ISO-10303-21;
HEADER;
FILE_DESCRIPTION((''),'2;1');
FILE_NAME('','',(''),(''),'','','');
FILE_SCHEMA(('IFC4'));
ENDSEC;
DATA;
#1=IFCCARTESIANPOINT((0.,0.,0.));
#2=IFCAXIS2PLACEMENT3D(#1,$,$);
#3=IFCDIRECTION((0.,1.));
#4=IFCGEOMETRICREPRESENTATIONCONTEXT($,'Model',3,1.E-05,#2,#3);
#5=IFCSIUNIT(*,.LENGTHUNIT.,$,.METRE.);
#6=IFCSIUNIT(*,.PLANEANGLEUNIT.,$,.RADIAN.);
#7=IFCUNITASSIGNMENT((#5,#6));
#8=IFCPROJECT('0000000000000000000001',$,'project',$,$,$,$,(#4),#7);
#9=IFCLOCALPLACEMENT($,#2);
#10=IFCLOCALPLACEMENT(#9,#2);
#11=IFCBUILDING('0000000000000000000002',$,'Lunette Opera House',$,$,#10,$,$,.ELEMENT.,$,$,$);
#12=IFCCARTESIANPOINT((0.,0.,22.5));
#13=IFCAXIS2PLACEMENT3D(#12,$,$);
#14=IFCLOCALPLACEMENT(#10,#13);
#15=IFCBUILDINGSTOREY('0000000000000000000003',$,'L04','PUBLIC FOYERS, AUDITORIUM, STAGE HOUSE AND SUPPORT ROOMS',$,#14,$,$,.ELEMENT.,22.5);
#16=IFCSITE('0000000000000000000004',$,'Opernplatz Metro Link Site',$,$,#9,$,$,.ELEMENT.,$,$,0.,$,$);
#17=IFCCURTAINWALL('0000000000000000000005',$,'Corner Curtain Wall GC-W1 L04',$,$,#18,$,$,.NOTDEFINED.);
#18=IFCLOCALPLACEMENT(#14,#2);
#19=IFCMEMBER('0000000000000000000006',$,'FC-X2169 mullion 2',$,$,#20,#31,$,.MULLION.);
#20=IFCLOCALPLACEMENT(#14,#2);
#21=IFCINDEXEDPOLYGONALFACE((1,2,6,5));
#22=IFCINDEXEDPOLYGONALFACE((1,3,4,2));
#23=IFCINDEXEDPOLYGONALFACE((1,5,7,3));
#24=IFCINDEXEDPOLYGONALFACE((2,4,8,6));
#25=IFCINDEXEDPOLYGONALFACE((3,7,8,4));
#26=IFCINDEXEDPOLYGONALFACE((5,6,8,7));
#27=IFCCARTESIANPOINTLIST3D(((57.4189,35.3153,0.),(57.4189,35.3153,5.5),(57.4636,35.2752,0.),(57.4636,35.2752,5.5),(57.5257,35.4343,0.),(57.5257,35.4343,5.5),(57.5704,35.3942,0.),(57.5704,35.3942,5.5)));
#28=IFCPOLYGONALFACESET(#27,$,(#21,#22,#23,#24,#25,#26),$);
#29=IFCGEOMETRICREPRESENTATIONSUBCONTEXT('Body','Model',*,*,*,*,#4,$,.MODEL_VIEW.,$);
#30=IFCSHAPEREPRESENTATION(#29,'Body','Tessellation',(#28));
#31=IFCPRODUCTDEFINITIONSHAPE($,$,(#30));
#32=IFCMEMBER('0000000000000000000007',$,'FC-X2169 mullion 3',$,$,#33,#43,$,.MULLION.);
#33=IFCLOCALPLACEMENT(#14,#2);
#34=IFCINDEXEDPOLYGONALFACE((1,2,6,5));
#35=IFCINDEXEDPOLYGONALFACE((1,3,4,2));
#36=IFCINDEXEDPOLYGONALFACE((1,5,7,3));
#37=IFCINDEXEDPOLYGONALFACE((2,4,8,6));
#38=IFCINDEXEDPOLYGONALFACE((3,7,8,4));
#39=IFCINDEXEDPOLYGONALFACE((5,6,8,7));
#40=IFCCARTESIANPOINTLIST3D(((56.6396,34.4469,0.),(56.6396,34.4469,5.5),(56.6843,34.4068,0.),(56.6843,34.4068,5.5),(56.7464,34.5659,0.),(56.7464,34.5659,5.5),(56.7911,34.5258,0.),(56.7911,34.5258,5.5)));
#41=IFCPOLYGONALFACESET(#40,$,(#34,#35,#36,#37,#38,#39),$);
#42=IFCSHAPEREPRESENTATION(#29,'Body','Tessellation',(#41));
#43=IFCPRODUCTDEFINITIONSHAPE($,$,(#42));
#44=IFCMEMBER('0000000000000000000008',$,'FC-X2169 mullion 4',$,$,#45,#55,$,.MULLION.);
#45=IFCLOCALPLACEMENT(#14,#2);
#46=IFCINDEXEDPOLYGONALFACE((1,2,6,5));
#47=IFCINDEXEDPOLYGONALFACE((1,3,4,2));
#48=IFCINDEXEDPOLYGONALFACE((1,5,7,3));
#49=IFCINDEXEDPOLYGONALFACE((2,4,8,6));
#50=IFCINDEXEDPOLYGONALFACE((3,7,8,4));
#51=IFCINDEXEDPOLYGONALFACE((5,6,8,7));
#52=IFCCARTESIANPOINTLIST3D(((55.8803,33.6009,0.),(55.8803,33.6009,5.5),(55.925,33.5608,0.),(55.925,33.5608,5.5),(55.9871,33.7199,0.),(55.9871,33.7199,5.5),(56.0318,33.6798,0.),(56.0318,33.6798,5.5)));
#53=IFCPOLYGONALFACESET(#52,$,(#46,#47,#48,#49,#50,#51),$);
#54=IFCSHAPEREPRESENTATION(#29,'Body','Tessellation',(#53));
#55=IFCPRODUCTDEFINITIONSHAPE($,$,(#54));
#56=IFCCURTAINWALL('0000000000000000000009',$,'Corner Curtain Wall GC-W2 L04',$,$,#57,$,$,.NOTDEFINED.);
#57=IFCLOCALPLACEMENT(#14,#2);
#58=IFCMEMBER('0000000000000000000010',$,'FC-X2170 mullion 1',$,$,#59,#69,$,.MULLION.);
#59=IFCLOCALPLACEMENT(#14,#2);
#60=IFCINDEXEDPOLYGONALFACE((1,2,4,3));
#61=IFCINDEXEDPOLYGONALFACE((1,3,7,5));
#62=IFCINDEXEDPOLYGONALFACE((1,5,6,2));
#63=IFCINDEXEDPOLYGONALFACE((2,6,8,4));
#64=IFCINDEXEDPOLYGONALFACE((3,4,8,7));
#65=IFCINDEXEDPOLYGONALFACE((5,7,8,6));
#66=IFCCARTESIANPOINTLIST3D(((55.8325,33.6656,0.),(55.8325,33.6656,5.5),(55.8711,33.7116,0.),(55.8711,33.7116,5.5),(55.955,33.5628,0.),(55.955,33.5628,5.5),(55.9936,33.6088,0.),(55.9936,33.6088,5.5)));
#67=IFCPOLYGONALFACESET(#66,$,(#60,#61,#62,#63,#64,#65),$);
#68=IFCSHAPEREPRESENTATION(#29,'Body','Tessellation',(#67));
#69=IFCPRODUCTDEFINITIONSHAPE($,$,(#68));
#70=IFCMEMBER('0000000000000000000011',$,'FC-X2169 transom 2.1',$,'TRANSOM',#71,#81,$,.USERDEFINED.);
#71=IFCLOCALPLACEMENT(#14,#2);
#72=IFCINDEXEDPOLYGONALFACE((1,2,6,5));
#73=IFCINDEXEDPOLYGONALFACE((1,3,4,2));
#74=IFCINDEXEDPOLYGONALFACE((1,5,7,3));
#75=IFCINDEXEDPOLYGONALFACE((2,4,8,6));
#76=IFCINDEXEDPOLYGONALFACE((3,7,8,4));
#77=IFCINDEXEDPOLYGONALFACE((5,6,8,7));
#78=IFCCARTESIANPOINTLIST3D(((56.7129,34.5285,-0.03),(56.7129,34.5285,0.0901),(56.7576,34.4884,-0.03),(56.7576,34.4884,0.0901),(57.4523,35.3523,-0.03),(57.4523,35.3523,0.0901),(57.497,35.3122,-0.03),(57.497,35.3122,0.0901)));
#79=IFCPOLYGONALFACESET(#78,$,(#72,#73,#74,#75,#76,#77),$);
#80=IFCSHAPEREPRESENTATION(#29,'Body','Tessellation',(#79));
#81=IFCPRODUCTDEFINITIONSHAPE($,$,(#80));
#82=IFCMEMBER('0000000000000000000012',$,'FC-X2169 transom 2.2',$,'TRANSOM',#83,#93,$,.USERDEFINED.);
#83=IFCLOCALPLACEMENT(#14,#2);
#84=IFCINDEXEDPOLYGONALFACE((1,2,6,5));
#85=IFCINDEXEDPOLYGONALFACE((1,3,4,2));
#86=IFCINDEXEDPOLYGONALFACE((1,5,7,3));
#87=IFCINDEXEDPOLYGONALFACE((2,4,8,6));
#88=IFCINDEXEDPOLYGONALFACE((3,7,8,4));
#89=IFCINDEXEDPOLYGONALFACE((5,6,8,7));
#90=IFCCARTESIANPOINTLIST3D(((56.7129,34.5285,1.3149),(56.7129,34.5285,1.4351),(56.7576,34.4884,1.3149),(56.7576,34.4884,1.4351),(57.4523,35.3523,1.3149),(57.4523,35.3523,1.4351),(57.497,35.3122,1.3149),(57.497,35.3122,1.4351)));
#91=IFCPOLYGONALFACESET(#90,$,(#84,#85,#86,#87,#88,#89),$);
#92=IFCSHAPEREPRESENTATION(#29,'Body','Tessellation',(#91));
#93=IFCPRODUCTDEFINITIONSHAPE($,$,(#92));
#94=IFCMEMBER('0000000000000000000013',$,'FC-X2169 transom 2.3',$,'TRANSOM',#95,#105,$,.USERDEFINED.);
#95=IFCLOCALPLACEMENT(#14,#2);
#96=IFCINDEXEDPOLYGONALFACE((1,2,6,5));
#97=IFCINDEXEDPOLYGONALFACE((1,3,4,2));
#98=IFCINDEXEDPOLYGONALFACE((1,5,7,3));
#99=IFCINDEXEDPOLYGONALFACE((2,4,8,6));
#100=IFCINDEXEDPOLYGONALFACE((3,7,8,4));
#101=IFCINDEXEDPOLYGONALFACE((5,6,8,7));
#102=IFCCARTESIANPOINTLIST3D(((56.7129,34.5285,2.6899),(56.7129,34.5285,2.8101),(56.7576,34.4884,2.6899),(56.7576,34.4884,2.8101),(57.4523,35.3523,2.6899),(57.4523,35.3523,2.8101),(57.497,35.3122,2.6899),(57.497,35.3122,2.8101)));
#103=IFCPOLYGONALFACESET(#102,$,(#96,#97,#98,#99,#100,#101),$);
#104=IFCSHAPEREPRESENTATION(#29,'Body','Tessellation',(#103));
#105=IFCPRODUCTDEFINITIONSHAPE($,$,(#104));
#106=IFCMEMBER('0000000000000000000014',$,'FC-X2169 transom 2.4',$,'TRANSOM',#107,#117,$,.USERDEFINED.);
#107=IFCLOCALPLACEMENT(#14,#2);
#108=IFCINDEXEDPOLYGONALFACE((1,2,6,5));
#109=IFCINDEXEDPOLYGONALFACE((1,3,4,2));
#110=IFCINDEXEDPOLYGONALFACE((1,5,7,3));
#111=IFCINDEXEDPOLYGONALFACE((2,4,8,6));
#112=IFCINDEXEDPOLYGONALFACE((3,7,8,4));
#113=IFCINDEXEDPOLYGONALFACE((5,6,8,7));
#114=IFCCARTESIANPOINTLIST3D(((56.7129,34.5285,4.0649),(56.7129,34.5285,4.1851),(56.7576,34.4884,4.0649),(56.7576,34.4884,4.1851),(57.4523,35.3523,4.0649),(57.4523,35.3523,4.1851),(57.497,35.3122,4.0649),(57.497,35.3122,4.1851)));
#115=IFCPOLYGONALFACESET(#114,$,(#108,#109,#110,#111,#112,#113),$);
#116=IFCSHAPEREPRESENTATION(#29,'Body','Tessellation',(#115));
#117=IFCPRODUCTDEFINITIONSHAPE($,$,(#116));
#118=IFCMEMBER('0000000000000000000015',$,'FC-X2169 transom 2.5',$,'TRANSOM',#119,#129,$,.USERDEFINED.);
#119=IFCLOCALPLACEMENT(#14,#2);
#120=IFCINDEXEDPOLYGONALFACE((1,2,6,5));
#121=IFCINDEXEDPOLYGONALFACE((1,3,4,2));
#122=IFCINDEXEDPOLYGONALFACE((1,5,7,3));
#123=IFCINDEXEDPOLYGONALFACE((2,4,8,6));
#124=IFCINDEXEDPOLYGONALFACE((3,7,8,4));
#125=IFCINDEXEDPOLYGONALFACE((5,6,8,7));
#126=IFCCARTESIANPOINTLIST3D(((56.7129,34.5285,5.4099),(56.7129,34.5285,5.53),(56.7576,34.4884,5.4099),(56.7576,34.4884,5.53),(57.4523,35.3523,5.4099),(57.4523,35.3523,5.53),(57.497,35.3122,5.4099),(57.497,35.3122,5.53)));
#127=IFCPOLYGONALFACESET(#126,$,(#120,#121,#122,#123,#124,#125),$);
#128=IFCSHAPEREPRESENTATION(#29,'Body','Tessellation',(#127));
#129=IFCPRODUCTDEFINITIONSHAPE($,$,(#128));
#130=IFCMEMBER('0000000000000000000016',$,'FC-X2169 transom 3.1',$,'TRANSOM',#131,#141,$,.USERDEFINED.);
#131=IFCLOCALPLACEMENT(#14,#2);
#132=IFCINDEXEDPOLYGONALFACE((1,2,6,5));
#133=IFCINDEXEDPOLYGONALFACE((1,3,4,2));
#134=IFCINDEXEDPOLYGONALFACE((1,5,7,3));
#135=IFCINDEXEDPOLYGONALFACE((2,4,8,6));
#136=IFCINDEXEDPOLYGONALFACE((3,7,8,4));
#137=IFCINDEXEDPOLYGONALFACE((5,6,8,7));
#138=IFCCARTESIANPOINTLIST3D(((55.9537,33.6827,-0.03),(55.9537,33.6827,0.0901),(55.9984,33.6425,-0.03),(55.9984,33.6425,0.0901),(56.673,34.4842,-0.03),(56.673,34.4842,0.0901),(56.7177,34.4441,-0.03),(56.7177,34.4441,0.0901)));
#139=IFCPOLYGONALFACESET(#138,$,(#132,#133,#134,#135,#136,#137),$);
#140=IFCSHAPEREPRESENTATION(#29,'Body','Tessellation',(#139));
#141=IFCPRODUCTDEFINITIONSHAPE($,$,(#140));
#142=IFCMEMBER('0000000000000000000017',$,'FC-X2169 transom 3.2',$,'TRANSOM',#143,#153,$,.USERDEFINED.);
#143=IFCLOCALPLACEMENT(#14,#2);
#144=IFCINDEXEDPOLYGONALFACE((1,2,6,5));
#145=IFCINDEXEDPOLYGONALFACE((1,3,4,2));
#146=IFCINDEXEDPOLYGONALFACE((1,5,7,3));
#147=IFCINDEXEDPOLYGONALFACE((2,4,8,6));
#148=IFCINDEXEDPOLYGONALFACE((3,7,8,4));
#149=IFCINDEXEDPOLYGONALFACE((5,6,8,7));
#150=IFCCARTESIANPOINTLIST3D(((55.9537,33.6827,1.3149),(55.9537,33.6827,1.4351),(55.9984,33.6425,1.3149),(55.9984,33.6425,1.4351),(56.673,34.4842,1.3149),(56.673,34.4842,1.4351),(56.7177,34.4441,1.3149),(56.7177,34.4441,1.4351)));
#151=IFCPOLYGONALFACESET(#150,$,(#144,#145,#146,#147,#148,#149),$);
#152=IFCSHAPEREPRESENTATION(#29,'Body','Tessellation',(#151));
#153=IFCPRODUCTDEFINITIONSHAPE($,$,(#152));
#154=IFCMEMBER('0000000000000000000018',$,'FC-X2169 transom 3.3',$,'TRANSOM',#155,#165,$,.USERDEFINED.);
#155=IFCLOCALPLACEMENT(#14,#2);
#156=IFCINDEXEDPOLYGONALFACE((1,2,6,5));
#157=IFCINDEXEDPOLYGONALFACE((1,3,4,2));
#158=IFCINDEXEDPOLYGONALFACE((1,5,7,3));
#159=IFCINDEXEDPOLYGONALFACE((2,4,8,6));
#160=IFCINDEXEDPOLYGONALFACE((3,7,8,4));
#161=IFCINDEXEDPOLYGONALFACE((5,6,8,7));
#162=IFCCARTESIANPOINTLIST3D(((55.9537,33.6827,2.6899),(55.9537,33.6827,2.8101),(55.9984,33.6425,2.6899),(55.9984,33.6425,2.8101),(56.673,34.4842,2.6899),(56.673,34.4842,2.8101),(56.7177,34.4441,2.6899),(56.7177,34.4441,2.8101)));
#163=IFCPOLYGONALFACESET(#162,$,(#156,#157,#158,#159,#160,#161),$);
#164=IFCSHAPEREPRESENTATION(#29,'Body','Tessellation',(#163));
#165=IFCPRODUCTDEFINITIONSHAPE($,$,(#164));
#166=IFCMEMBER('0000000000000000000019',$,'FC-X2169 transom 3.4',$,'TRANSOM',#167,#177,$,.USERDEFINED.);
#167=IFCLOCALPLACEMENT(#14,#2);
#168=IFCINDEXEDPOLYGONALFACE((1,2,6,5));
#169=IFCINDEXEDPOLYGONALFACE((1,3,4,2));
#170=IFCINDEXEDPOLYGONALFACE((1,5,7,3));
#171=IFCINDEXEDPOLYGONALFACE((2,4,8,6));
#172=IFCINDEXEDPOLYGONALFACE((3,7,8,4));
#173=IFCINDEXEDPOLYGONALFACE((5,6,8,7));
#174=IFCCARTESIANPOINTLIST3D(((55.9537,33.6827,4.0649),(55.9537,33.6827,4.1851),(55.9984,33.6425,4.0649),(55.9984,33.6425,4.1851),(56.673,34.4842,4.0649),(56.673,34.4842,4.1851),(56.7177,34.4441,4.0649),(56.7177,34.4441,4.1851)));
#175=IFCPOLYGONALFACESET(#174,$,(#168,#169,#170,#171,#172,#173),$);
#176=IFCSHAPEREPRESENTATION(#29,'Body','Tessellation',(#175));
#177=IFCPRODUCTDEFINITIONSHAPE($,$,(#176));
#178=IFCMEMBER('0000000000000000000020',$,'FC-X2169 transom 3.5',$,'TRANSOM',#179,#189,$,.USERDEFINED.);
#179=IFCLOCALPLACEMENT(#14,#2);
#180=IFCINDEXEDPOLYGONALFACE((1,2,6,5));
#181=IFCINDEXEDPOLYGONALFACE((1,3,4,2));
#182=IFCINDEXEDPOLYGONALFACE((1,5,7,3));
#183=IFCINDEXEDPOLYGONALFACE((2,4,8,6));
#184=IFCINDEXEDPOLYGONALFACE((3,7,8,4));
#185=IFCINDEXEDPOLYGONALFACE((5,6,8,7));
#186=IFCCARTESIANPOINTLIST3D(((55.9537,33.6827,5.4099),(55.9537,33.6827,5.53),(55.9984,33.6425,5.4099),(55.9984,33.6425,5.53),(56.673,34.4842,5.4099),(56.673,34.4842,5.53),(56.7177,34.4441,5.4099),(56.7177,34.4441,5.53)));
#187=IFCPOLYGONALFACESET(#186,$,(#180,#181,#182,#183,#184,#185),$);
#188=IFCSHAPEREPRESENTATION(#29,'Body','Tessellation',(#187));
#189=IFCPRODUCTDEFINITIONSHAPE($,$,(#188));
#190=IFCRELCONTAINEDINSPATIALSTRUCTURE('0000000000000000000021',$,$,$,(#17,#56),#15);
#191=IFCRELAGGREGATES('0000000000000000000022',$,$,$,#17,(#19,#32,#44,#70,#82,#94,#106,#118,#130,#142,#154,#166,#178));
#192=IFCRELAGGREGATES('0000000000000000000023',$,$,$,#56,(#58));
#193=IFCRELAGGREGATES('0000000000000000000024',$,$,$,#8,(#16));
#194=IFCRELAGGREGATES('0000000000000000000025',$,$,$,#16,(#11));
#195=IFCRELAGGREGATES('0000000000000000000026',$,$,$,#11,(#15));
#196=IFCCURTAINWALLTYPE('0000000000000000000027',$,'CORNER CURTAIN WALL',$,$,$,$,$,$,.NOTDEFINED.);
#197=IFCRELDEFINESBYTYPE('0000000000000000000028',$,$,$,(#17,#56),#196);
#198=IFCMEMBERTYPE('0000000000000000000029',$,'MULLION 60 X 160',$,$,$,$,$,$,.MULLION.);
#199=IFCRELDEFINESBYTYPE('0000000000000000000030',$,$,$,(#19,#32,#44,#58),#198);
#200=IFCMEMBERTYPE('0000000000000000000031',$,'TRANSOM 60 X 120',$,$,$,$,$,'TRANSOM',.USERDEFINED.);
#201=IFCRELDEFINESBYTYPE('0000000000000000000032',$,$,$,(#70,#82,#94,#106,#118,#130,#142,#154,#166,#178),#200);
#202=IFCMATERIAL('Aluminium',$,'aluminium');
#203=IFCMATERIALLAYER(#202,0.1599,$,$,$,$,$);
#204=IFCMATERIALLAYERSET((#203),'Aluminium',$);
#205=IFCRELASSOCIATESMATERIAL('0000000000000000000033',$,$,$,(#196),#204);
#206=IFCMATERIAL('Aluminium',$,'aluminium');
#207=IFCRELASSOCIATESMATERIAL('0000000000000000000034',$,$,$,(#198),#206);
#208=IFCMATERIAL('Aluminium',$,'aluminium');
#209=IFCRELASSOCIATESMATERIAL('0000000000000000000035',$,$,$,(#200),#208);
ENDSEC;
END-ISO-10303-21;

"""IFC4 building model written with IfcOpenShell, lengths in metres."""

from ifc_helpers import new_model, si_unit, direction, frame, origin, origin_2d, place, context, subcontext, project, spatial, rectangle, extrude, material, layer, layer_set, material_profile, profile_set, type_object, element, aggregate, save


model = new_model("IFC4")

# Units and contexts
model_context = context("Model", 3, precision=1e-05, world=origin(), true_north=direction((0.0, 1.0)))
body_context = subcontext(model_context, "Body", "Model", "MODEL_VIEW")
ifc_project = project(units=[si_unit("LENGTHUNIT", "METRE"), si_unit("PLANEANGLEUNIT", "RADIAN")], contexts=[model_context])

# Site, building, storey
site_placement = place(None, origin())
site = spatial("IfcSite", under=ifc_project, at=site_placement, Name="Opernplatz Metro Link Site", CompositionType="ELEMENT", RefElevation=0.0)
building_placement = place(site_placement, origin())
building = spatial("IfcBuilding", under=site, at=building_placement, Name="Lunette Opera House", CompositionType="ELEMENT")
storey_placement = place(building_placement, frame((0.0, 0.0, 22.5)))
storey = spatial("IfcBuildingStorey", under=building, at=storey_placement, Name="L04", Description="PUBLIC FOYERS, AUDITORIUM, STAGE HOUSE AND SUPPORT ROOMS", CompositionType="ELEMENT", Elevation=22.5)

# Curtain wall, members
ifc_material_1 = material(Name="Aluminium", Category="aluminium")
ifc_layer_1 = layer(ifc_material_1, 0.1599)
ifc_layer_set_1 = layer_set([ifc_layer_1], Name="Aluminium")
curtain_wall_type = type_object("IfcCurtainWallType", Name="CORNER CURTAIN WALL", PredefinedType="NOTDEFINED", material=ifc_layer_set_1)
curtain_wall_1_placement = place(storey_placement, origin())
curtain_wall_1 = element("IfcCurtainWall", 1, at=curtain_wall_1_placement, inside=storey, type_object=curtain_wall_type, Name="Corner Curtain Wall GC-W1 L04", PredefinedType="NOTDEFINED")
ifc_material_2 = material(Name="Aluminium", Category="aluminium")
ifc_material_profile_1 = material_profile(ifc_material_2, rectangle(XDim=0.0601, YDim=0.1599, at=origin_2d()), Name="MULLION 60 X 160")
ifc_profile_set_1 = profile_set([ifc_material_profile_1], Name="Aluminium")
member_type_1 = type_object("IfcMemberType", Name="MULLION 60 X 160", PredefinedType="MULLION", material=ifc_profile_set_1)
member_1_placement = place(storey_placement, frame((57.4946, 35.3547, 0.0), z_axis=(0.0, 0.0, 1.0), x_axis=(0.744217, -0.667938, 0.0)))
member_1 = element("IfcMember", 2, at=member_1_placement, type_object=member_type_1, Name="FC-X2169 mullion 2", PredefinedType="MULLION", context=body_context, shape_type="SweptSolid", body=[
    extrude(rectangle(XDim=0.0601, YDim=0.1599, at=origin_2d()), origin(), (0.0, 0.0, 1.0), 5.5),
])
member_2_placement = place(storey_placement, frame((56.7153, 34.4863, 0.0), z_axis=(0.0, 0.0, 1.0), x_axis=(0.744217, -0.667938, 0.0)))
member_2 = element("IfcMember", 3, at=member_2_placement, type_object=member_type_1, Name="FC-X2169 mullion 3", PredefinedType="MULLION", context=body_context, shape_type="SweptSolid", body=[
    extrude(rectangle(XDim=0.0601, YDim=0.1599, at=origin_2d()), origin(), (0.0, 0.0, 1.0), 5.5),
])
member_3_placement = place(storey_placement, frame((55.9561, 33.6404, 0.0), z_axis=(0.0, 0.0, 1.0), x_axis=(0.744217, -0.667938, 0.0)))
member_3 = element("IfcMember", 4, at=member_3_placement, type_object=member_type_1, Name="FC-X2169 mullion 4", PredefinedType="MULLION", context=body_context, shape_type="SweptSolid", body=[
    extrude(rectangle(XDim=0.0601, YDim=0.1599, at=origin_2d()), origin(), (0.0, 0.0, 1.0), 5.5),
])

# Curtain wall, member
curtain_wall_2_placement = place(storey_placement, origin())
curtain_wall_2 = element("IfcCurtainWall", 5, at=curtain_wall_2_placement, inside=storey, type_object=curtain_wall_type, Name="Corner Curtain Wall GC-W2 L04", PredefinedType="NOTDEFINED")
member_4_placement = place(storey_placement, frame((55.9131, 33.6372, 0.0), z_axis=(0.0, 0.0, 1.0), x_axis=(-0.64284, -0.766, 0.0)))
member_4 = element("IfcMember", 6, at=member_4_placement, type_object=member_type_1, Name="FC-X2170 mullion 1", PredefinedType="MULLION", context=body_context, shape_type="SweptSolid", body=[
    extrude(rectangle(XDim=0.0601, YDim=0.1599, at=origin_2d()), origin(), (0.0, 0.0, 1.0), 5.5),
])

# Members
ifc_material_3 = material(Name="Aluminium", Category="aluminium")
ifc_material_profile_2 = material_profile(ifc_material_3, rectangle(XDim=0.0601, YDim=0.1201, at=origin_2d()), Name="TRANSOM 60 X 120")
ifc_profile_set_2 = profile_set([ifc_material_profile_2], Name="Aluminium")
member_type_2 = type_object("IfcMemberType", Name="TRANSOM 60 X 120", ElementType="TRANSOM", PredefinedType="USERDEFINED", material=ifc_profile_set_2)
member_5_placement = place(storey_placement, frame((57.4746, 35.3323, 0.03), z_axis=(-0.667916, -0.744237, 0.0), x_axis=(0.744237, -0.667916, 0.0)))
member_5 = element("IfcMember", 7, at=member_5_placement, type_object=member_type_2, Name="FC-X2169 transom 2.1", ObjectType="TRANSOM", PredefinedType="USERDEFINED", context=body_context, shape_type="SweptSolid", body=[
    extrude(rectangle(XDim=0.0601, YDim=0.1201, at=origin_2d()), origin(), (0.0, 0.0, 1.0), 1.1069),
])
member_6_placement = place(storey_placement, frame((57.4746, 35.3323, 1.375), z_axis=(-0.667916, -0.744237, 0.0), x_axis=(0.744237, -0.667916, 0.0)))
member_6 = element("IfcMember", 8, at=member_6_placement, type_object=member_type_2, Name="FC-X2169 transom 2.2", ObjectType="TRANSOM", PredefinedType="USERDEFINED", context=body_context, shape_type="SweptSolid", body=[
    extrude(rectangle(XDim=0.0601, YDim=0.1201, at=origin_2d()), origin(), (0.0, 0.0, 1.0), 1.1069),
])
member_7_placement = place(storey_placement, frame((57.4746, 35.3323, 2.75), z_axis=(-0.667916, -0.744237, 0.0), x_axis=(0.744237, -0.667916, 0.0)))
member_7 = element("IfcMember", 9, at=member_7_placement, type_object=member_type_2, Name="FC-X2169 transom 2.3", ObjectType="TRANSOM", PredefinedType="USERDEFINED", context=body_context, shape_type="SweptSolid", body=[
    extrude(rectangle(XDim=0.0601, YDim=0.1201, at=origin_2d()), origin(), (0.0, 0.0, 1.0), 1.1069),
])
member_8_placement = place(storey_placement, frame((57.4746, 35.3323, 4.125), z_axis=(-0.667916, -0.744237, 0.0), x_axis=(0.744237, -0.667916, 0.0)))
member_8 = element("IfcMember", 10, at=member_8_placement, type_object=member_type_2, Name="FC-X2169 transom 2.4", ObjectType="TRANSOM", PredefinedType="USERDEFINED", context=body_context, shape_type="SweptSolid", body=[
    extrude(rectangle(XDim=0.0601, YDim=0.1201, at=origin_2d()), origin(), (0.0, 0.0, 1.0), 1.1069),
])
member_9_placement = place(storey_placement, frame((57.4746, 35.3323, 5.47), z_axis=(-0.667916, -0.744237, 0.0), x_axis=(0.744237, -0.667916, 0.0)))
member_9 = element("IfcMember", 11, at=member_9_placement, type_object=member_type_2, Name="FC-X2169 transom 2.5", ObjectType="TRANSOM", PredefinedType="USERDEFINED", context=body_context, shape_type="SweptSolid", body=[
    extrude(rectangle(XDim=0.0601, YDim=0.1201, at=origin_2d()), origin(), (0.0, 0.0, 1.0), 1.1069),
])
member_10_placement = place(storey_placement, frame((56.6953, 34.4641, 0.03), z_axis=(-0.667874, -0.744274, 0.0), x_axis=(0.744274, -0.667874, 0.0)))
member_10 = element("IfcMember", 12, at=member_10_placement, type_object=member_type_2, Name="FC-X2169 transom 3.1", ObjectType="TRANSOM", PredefinedType="USERDEFINED", context=body_context, shape_type="SweptSolid", body=[
    extrude(rectangle(XDim=0.0601, YDim=0.1201, at=origin_2d()), origin(), (0.0, 0.0, 1.0), 1.0769),
])
member_11_placement = place(storey_placement, frame((56.6953, 34.4641, 1.375), z_axis=(-0.667874, -0.744274, 0.0), x_axis=(0.744274, -0.667874, 0.0)))
member_11 = element("IfcMember", 13, at=member_11_placement, type_object=member_type_2, Name="FC-X2169 transom 3.2", ObjectType="TRANSOM", PredefinedType="USERDEFINED", context=body_context, shape_type="SweptSolid", body=[
    extrude(rectangle(XDim=0.0601, YDim=0.1201, at=origin_2d()), origin(), (0.0, 0.0, 1.0), 1.0769),
])
member_12_placement = place(storey_placement, frame((56.6953, 34.4641, 2.75), z_axis=(-0.667874, -0.744274, 0.0), x_axis=(0.744274, -0.667874, 0.0)))
member_12 = element("IfcMember", 14, at=member_12_placement, type_object=member_type_2, Name="FC-X2169 transom 3.3", ObjectType="TRANSOM", PredefinedType="USERDEFINED", context=body_context, shape_type="SweptSolid", body=[
    extrude(rectangle(XDim=0.0601, YDim=0.1201, at=origin_2d()), origin(), (0.0, 0.0, 1.0), 1.0769),
])
member_13_placement = place(storey_placement, frame((56.6953, 34.4641, 4.125), z_axis=(-0.667874, -0.744274, 0.0), x_axis=(0.744274, -0.667874, 0.0)))
member_13 = element("IfcMember", 15, at=member_13_placement, type_object=member_type_2, Name="FC-X2169 transom 3.4", ObjectType="TRANSOM", PredefinedType="USERDEFINED", context=body_context, shape_type="SweptSolid", body=[
    extrude(rectangle(XDim=0.0601, YDim=0.1201, at=origin_2d()), origin(), (0.0, 0.0, 1.0), 1.0769),
])
member_14_placement = place(storey_placement, frame((56.6953, 34.4641, 5.47), z_axis=(-0.667874, -0.744274, 0.0), x_axis=(0.744274, -0.667874, 0.0)))
member_14 = element("IfcMember", 16, at=member_14_placement, type_object=member_type_2, Name="FC-X2169 transom 3.5", ObjectType="TRANSOM", PredefinedType="USERDEFINED", context=body_context, shape_type="SweptSolid", body=[
    extrude(rectangle(XDim=0.0601, YDim=0.1201, at=origin_2d()), origin(), (0.0, 0.0, 1.0), 1.0769),
])

aggregate(curtain_wall_1, [member_1, member_2, member_3, member_5, member_6, member_7, member_8, member_9, member_10, member_11, member_12, member_13, member_14])
aggregate(curtain_wall_2, [member_4])

save(model, "model.ifc")
